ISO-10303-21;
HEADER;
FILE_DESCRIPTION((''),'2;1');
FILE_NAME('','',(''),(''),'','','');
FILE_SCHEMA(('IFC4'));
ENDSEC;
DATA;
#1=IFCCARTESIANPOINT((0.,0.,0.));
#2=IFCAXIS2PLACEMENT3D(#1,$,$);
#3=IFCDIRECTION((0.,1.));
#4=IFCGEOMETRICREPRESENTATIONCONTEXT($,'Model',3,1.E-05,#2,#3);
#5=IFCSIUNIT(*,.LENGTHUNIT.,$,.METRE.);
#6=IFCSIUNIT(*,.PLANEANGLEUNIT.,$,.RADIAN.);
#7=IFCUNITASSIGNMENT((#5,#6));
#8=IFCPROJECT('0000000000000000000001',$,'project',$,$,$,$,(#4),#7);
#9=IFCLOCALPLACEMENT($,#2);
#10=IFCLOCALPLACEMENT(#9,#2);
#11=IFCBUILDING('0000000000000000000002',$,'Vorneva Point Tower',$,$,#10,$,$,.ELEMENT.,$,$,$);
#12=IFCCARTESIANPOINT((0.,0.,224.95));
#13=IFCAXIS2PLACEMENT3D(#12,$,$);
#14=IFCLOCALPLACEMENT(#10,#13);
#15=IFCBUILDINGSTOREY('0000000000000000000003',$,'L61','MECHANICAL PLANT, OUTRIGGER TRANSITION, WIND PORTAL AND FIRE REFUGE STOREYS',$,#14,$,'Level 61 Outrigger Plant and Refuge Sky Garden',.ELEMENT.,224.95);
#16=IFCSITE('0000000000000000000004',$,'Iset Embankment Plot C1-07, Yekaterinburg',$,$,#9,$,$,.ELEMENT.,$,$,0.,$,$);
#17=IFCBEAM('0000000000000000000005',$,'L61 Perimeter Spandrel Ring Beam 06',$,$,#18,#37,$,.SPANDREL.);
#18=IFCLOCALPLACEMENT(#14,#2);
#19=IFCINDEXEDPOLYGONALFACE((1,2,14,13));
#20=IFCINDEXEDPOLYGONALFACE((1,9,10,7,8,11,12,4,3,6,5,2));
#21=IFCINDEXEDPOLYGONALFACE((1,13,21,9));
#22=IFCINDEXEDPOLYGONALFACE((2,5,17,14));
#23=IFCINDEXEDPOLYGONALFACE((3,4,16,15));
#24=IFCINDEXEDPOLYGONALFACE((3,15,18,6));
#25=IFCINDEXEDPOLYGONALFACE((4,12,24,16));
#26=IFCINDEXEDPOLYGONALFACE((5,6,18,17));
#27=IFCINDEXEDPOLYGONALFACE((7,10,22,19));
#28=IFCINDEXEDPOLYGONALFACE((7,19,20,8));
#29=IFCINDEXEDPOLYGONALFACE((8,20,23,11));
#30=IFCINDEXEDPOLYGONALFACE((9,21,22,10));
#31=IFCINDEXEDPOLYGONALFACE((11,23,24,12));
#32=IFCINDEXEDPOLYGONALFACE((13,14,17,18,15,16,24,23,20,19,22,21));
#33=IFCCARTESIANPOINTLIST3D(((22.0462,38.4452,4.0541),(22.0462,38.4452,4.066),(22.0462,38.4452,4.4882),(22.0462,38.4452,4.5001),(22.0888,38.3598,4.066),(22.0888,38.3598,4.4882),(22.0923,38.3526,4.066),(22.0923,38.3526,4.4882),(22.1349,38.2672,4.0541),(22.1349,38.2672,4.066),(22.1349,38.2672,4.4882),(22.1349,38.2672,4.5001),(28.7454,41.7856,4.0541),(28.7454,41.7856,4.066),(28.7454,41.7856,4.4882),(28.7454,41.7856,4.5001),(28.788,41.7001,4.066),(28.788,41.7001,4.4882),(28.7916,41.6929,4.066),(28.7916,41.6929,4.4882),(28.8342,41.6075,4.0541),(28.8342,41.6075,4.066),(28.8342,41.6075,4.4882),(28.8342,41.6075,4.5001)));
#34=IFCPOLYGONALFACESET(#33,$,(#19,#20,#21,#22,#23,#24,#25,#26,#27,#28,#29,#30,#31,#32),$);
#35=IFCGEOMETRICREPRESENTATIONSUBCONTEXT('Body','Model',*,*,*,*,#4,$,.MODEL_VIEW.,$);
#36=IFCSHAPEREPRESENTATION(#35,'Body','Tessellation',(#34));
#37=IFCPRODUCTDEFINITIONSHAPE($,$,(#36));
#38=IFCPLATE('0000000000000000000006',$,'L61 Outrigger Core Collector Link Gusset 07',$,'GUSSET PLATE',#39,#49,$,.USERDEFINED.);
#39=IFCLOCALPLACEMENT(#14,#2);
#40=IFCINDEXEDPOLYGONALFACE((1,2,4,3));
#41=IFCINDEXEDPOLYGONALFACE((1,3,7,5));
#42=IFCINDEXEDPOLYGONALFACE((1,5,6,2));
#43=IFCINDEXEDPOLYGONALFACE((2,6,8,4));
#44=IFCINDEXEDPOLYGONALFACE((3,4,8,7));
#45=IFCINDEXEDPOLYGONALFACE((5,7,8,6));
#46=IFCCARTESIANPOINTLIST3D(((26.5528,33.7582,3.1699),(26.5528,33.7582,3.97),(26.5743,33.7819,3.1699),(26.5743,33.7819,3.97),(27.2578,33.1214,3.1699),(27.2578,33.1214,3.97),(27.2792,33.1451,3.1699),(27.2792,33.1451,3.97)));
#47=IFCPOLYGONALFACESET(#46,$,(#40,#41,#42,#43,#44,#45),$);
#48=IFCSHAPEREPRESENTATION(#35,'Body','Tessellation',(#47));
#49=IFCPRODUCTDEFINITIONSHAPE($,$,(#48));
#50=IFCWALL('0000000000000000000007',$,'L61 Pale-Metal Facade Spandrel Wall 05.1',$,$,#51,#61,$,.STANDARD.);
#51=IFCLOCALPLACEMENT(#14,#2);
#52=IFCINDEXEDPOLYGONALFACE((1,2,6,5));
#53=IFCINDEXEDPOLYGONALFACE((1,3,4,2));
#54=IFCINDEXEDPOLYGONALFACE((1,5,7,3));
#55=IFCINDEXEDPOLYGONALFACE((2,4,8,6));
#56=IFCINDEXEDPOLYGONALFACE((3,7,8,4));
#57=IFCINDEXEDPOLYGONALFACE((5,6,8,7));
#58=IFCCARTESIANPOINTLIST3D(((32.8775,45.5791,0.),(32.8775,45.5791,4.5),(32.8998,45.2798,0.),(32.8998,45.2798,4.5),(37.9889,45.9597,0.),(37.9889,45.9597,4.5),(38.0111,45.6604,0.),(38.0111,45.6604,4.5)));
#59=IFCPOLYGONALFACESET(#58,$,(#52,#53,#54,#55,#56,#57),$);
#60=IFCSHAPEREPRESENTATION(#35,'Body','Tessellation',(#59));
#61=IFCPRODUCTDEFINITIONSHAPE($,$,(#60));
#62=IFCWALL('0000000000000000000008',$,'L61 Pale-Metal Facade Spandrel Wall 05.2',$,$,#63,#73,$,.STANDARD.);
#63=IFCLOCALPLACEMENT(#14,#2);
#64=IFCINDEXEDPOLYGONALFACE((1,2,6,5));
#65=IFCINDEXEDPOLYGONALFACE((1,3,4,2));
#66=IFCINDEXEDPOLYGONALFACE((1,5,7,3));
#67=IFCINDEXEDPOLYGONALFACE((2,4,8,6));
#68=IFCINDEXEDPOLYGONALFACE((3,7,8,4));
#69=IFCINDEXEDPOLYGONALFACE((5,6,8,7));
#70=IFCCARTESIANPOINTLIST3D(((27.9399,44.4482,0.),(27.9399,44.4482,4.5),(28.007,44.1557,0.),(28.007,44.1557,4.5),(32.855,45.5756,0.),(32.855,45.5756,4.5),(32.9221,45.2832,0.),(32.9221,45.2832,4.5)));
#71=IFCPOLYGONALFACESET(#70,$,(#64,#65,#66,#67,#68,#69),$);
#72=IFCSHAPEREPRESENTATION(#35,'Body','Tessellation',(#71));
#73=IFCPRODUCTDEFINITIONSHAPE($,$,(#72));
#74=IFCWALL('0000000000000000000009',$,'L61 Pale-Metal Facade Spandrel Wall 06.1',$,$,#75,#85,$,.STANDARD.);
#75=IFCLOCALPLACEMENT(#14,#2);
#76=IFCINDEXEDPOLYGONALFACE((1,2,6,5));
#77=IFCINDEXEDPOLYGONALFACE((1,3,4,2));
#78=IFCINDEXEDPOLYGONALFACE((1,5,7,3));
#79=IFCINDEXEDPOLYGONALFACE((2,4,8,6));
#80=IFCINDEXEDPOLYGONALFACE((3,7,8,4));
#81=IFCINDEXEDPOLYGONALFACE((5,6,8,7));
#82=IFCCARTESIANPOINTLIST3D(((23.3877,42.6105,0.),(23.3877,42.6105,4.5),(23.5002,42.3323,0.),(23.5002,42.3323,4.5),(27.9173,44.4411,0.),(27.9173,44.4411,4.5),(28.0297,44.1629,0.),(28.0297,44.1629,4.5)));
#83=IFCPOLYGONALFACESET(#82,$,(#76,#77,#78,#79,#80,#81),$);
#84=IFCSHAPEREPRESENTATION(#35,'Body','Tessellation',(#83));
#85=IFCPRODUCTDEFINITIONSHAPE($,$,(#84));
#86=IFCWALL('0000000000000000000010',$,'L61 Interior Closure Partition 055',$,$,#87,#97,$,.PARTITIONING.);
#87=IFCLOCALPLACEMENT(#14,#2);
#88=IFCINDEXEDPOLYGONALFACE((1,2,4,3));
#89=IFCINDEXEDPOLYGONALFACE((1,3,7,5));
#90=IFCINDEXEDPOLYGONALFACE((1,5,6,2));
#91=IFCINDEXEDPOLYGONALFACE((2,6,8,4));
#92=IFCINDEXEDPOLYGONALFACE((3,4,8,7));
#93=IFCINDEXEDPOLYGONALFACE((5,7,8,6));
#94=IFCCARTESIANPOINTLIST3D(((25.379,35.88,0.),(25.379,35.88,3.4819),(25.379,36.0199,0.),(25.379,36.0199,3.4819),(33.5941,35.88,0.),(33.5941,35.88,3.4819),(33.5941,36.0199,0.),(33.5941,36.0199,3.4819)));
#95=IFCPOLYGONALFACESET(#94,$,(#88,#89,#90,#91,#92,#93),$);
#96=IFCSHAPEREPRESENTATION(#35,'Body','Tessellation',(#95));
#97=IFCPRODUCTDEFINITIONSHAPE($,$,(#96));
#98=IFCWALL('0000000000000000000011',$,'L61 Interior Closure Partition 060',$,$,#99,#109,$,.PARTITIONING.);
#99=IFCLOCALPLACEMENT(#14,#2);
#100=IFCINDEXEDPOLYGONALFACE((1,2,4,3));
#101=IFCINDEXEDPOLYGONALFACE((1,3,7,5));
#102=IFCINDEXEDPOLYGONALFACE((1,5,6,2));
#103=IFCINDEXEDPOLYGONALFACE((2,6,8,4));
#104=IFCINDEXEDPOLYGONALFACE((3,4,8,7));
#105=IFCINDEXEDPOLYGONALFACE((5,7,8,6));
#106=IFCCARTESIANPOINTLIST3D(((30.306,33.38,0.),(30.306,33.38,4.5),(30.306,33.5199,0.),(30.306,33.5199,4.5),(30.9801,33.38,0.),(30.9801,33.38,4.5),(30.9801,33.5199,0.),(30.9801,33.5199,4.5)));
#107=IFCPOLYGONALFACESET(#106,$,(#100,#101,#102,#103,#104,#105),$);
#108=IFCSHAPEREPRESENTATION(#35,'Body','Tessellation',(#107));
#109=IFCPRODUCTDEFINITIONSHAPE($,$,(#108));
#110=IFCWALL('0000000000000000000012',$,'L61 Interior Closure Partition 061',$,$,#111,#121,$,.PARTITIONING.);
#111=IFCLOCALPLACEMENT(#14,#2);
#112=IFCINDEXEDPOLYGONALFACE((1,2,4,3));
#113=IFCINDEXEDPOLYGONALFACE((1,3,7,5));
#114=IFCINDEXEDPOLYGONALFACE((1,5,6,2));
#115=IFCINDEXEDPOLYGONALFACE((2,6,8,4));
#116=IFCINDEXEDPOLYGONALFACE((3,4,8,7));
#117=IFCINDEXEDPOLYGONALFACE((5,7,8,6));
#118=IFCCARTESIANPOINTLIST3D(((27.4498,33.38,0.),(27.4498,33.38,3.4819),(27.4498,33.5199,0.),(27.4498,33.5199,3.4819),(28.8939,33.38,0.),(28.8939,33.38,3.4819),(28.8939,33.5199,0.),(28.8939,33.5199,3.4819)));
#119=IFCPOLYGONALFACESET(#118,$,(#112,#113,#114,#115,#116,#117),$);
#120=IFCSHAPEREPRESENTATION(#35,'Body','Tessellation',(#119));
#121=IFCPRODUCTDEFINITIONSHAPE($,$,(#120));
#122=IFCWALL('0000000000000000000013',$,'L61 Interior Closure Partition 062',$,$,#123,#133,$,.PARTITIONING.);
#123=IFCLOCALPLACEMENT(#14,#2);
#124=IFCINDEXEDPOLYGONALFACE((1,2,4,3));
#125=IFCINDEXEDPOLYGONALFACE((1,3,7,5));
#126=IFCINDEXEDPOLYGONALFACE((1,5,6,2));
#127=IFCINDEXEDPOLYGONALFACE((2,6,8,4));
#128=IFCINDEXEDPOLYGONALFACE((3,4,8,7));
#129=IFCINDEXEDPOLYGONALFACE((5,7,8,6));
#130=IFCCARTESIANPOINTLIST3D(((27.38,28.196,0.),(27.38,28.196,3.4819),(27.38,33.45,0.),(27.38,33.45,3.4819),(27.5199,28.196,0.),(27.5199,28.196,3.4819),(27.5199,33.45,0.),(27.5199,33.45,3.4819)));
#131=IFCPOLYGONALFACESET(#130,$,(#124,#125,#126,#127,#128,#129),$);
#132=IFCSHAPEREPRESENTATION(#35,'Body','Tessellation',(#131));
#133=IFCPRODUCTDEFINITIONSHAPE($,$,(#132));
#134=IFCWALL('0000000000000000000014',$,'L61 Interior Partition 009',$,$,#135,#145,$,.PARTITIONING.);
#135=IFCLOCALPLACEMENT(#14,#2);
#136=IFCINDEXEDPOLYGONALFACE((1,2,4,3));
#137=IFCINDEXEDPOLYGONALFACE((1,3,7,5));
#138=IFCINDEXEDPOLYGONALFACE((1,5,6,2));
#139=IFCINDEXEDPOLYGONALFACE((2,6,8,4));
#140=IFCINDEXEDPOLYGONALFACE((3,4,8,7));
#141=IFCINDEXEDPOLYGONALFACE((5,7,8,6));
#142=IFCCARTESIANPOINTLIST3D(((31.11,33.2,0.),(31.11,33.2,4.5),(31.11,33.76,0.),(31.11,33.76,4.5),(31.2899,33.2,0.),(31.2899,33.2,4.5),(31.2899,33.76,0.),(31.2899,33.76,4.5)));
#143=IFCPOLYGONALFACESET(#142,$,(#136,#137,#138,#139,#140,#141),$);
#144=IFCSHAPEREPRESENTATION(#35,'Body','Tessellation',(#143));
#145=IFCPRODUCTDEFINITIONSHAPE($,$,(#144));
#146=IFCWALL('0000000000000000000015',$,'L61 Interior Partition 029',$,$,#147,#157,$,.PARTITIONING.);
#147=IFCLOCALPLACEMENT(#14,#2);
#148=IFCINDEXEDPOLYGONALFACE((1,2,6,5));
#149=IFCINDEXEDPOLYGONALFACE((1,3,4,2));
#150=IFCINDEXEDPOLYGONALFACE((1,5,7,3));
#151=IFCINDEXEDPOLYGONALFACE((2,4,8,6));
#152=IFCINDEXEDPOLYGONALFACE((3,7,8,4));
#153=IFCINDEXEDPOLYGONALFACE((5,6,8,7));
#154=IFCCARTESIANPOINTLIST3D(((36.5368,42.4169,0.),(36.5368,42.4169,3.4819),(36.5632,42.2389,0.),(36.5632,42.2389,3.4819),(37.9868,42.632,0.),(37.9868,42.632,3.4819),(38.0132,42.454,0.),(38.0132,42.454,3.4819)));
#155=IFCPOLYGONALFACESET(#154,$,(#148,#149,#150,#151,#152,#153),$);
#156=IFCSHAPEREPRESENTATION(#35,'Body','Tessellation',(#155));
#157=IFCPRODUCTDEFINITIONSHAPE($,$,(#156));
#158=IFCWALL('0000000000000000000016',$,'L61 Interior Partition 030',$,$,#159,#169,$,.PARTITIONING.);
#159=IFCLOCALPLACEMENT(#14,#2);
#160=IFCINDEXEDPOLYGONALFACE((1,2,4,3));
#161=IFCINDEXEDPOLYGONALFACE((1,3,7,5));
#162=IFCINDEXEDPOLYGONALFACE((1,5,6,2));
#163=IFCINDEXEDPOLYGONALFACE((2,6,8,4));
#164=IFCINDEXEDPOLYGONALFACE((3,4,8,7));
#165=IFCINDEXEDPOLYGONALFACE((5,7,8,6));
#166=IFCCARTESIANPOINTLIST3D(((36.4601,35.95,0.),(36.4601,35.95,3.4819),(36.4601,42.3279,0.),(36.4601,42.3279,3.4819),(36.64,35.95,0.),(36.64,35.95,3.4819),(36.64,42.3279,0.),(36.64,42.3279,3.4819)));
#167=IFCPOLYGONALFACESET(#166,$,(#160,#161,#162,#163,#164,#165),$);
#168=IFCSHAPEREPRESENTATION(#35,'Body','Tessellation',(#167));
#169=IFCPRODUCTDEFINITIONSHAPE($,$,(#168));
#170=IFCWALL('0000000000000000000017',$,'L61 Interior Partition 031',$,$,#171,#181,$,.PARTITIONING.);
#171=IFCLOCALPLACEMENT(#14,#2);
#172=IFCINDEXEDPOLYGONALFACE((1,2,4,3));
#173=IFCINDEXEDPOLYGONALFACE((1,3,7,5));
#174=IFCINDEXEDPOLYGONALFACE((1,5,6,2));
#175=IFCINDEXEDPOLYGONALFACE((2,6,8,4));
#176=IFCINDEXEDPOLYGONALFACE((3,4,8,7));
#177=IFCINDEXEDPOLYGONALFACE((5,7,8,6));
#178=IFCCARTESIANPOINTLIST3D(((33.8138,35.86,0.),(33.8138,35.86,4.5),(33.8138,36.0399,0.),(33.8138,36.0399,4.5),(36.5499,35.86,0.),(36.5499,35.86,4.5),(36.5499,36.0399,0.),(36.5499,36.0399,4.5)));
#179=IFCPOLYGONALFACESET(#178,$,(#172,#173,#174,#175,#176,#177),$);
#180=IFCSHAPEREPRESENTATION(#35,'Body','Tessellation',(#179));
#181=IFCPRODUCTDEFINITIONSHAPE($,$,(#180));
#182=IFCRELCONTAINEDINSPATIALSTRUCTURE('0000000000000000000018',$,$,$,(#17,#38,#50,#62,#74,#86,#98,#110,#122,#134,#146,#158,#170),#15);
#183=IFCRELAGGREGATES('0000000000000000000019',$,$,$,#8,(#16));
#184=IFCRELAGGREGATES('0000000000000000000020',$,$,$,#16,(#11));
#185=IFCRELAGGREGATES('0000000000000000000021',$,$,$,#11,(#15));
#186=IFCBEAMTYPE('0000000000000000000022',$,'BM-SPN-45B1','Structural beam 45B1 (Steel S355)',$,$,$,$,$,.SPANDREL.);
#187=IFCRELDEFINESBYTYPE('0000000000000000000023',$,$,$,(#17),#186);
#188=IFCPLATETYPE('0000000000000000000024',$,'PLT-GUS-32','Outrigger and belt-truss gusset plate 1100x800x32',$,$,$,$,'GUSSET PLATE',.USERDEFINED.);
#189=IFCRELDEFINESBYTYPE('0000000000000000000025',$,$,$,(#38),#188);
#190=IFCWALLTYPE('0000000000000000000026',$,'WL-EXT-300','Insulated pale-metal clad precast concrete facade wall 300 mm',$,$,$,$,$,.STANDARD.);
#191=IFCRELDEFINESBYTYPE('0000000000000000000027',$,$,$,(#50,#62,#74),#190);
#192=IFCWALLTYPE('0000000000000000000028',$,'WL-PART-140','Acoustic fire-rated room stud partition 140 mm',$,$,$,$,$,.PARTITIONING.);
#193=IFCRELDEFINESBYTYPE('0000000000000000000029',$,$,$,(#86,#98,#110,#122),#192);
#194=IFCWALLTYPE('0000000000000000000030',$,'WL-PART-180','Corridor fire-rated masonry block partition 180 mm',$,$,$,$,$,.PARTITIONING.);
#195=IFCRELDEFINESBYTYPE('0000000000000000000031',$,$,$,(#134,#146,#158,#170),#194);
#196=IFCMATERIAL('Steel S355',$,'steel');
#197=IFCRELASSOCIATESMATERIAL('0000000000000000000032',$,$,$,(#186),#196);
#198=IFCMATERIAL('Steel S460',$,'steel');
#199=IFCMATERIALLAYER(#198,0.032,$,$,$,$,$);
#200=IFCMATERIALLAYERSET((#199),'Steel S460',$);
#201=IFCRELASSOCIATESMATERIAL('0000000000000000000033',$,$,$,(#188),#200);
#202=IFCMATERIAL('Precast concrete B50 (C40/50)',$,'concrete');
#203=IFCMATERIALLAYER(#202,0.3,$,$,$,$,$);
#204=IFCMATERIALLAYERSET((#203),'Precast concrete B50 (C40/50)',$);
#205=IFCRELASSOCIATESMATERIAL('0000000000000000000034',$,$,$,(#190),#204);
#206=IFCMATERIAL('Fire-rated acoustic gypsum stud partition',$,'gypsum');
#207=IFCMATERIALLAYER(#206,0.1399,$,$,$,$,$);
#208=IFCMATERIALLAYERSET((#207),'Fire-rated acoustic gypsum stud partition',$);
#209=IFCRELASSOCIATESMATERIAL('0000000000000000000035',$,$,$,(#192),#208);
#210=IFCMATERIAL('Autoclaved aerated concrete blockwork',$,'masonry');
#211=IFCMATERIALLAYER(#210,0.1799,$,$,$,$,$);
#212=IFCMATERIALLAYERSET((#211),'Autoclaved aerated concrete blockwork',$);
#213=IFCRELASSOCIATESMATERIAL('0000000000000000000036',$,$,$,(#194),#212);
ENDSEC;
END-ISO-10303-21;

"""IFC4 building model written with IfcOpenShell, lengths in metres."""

from ifc_helpers import new_model, si_unit, direction, frame, frame_2d, origin, origin_2d, place, context, subcontext, project, spatial, rectangle, i_section, extrude, material, layer, layer_set, material_profile, profile_set, type_object, element, save


model = new_model("IFC4")

# Units and contexts
model_context = context("Model", 3, precision=1e-05, world=origin(), true_north=direction((0.0, 1.0)))
body_context = subcontext(model_context, "Body", "Model", "MODEL_VIEW")
ifc_project = project(units=[si_unit("LENGTHUNIT", "METRE"), si_unit("PLANEANGLEUNIT", "RADIAN")], contexts=[model_context])

# Site, building, storey
site_placement = place(None, origin())
site = spatial("IfcSite", under=ifc_project, at=site_placement, Name="Iset Embankment Plot C1-07, Yekaterinburg", CompositionType="ELEMENT", RefElevation=0.0)
building_placement = place(site_placement, origin())
building = spatial("IfcBuilding", under=site, at=building_placement, Name="Vorneva Point Tower", CompositionType="ELEMENT")
storey_placement = place(building_placement, frame((0.0, 0.0, 224.95)))
storey = spatial("IfcBuildingStorey", under=building, at=storey_placement, Name="L61", Description="MECHANICAL PLANT, OUTRIGGER TRANSITION, WIND PORTAL AND FIRE REFUGE STOREYS", LongName="Level 61 Outrigger Plant and Refuge Sky Garden", CompositionType="ELEMENT", Elevation=224.95)

# Beam
ifc_material_1 = material(Name="Steel S460", Category="steel")
ifc_material_2 = material(Name="Steel S355", Category="steel")
ifc_material_profile_1 = material_profile(ifc_material_2, i_section(OverallWidth=0.199, OverallDepth=0.446, WebThickness=0.0081, FlangeThickness=0.012, at=origin_2d()), Name="45B1")
ifc_profile_set_1 = profile_set([ifc_material_profile_1], Name="Steel S355")
beam_type_1 = type_object("IfcBeamType", Name="BM-SPN-45B1", Description="Structural beam 45B1 (Steel S355)", PredefinedType="SPANDREL", material=ifc_profile_set_1)
beam_1_placement = place(storey_placement, frame((28.7898, 41.6965, 4.2771), z_axis=(-0.894922, -0.446222, 0.0), x_axis=(0.446222, -0.894922, 0.0)))
element("IfcBeam", 1, at=beam_1_placement, inside=storey, type_object=beam_type_1, Name="L61 Perimeter Spandrel Ring Beam 06", PredefinedType="SPANDREL", context=body_context, shape_type="SweptSolid", body=[
    extrude(i_section(OverallWidth=0.199, OverallDepth=0.446, WebThickness=0.0081, FlangeThickness=0.012, at=origin_2d()), origin(), (0.0, 0.0, 1.0), 7.4858),
])

# Plate
ifc_layer_1 = layer(ifc_material_1, 0.032)
ifc_layer_set_1 = layer_set([ifc_layer_1], Name="Steel S460")
plate_type = type_object("IfcPlateType", Name="PLT-GUS-32", Description="Outrigger and belt-truss gusset plate 1100x800x32", ElementType="GUSSET PLATE", PredefinedType="USERDEFINED", material=ifc_layer_set_1)
plate_placement = place(storey_placement, frame((26.916, 33.4517, 3.1699), z_axis=(0.0, 0.0, 1.0), x_axis=(-0.742081, 0.67031, 0.0)))
element("IfcPlate", 2, at=plate_placement, inside=storey, type_object=plate_type, Name="L61 Outrigger Core Collector Link Gusset 07", ObjectType="GUSSET PLATE", PredefinedType="USERDEFINED", context=body_context, shape_type="SweptSolid", body=[
    extrude(rectangle(XDim=0.95, YDim=0.032, at=origin_2d()), origin(), (0.0, 0.0, 1.0), 0.8),
])

# Walls
ifc_material_3 = material(Name="Precast concrete B50 (C40/50)", Category="concrete")
ifc_layer_2 = layer(ifc_material_3, 0.3)
ifc_layer_set_2 = layer_set([ifc_layer_2], Name="Precast concrete B50 (C40/50)")
wall_type_1 = type_object("IfcWallType", Name="WL-EXT-300", Description="Insulated pale-metal clad precast concrete facade wall 300 mm", PredefinedType="STANDARD", material=ifc_layer_set_2)
wall_1_placement = place(storey_placement, frame((38.0, 45.8101, 0.0), z_axis=(0.0, 0.0, 1.0), x_axis=(-0.997239, -0.074259, 0.0)))
element("IfcWall", 3, at=wall_1_placement, inside=storey, type_object=wall_type_1, Name="L61 Pale-Metal Facade Spandrel Wall 05.1", PredefinedType="STANDARD", context=body_context, shape_type="SweptSolid", body=[
    extrude(rectangle(XDim=5.1255, YDim=0.3, at=frame_2d((2.5627, 0.0))), origin(), (0.0, 0.0, 1.0), 4.5),
])
wall_2_placement = place(storey_placement, frame((32.8887, 45.4294, 0.0), z_axis=(0.0, 0.0, 1.0), x_axis=(-0.974686, -0.223579, 0.0)))
element("IfcWall", 4, at=wall_2_placement, inside=storey, type_object=wall_type_1, Name="L61 Pale-Metal Facade Spandrel Wall 05.2", PredefinedType="STANDARD", context=body_context, shape_type="SweptSolid", body=[
    extrude(rectangle(XDim=5.0427, YDim=0.3, at=frame_2d((2.5215, 0.0))), origin(), (0.0, 0.0, 1.0), 4.5),
])
wall_3_placement = place(storey_placement, frame((27.9736, 44.302, 0.0), z_axis=(0.0, 0.0, 1.0), x_axis=(-0.927147, -0.374697, 0.0)))
element("IfcWall", 5, at=wall_3_placement, inside=storey, type_object=wall_type_1, Name="L61 Pale-Metal Facade Spandrel Wall 06.1", PredefinedType="STANDARD", context=body_context, shape_type="SweptSolid", body=[
    extrude(rectangle(XDim=4.8855, YDim=0.3, at=frame_2d((2.4429, 0.0))), origin(), (0.0, 0.0, 1.0), 4.5),
])
ifc_material_4 = material(Name="Fire-rated acoustic gypsum stud partition", Category="gypsum")
ifc_layer_3 = layer(ifc_material_4, 0.1399)
ifc_layer_set_3 = layer_set([ifc_layer_3], Name="Fire-rated acoustic gypsum stud partition")
wall_type_2 = type_object("IfcWallType", Name="WL-PART-140", Description="Acoustic fire-rated room stud partition 140 mm", PredefinedType="PARTITIONING", material=ifc_layer_set_3)
wall_4_placement = place(storey_placement, frame((33.594, 35.95, 0.0), z_axis=(0.0, 0.0, 1.0), x_axis=(-1.0, 0.0, 0.0)))
element("IfcWall", 6, at=wall_4_placement, inside=storey, type_object=wall_type_2, Name="L61 Interior Closure Partition 055", PredefinedType="PARTITIONING", context=body_context, shape_type="SweptSolid", body=[
    extrude(rectangle(XDim=8.2151, YDim=0.1399, at=frame_2d((4.1074, 0.0))), origin(), (0.0, 0.0, 1.0), 3.4819),
])
wall_5_placement = place(storey_placement, frame((30.98, 33.45, 0.0), z_axis=(0.0, 0.0, 1.0), x_axis=(-1.0, 0.0, 0.0)))
element("IfcWall", 7, at=wall_5_placement, inside=storey, type_object=wall_type_2, Name="L61 Interior Closure Partition 060", PredefinedType="PARTITIONING", context=body_context, shape_type="SweptSolid", body=[
    extrude(rectangle(XDim=0.6741, YDim=0.1399, at=frame_2d((0.3369, 0.0))), origin(), (0.0, 0.0, 1.0), 4.5),
])
wall_6_placement = place(storey_placement, frame((28.894, 33.45, 0.0), z_axis=(0.0, 0.0, 1.0), x_axis=(-1.0, 0.0, 0.0)))
element("IfcWall", 8, at=wall_6_placement, inside=storey, type_object=wall_type_2, Name="L61 Interior Closure Partition 061", PredefinedType="PARTITIONING", context=body_context, shape_type="SweptSolid", body=[
    extrude(rectangle(XDim=1.4441, YDim=0.1399, at=frame_2d((0.7222, 0.0))), origin(), (0.0, 0.0, 1.0), 3.4819),
])
wall_7_placement = place(storey_placement, frame((27.45, 33.45, 0.0), z_axis=(0.0, 0.0, 1.0), x_axis=(0.0, -1.0, 0.0)))
element("IfcWall", 9, at=wall_7_placement, inside=storey, type_object=wall_type_2, Name="L61 Interior Closure Partition 062", PredefinedType="PARTITIONING", context=body_context, shape_type="SweptSolid", body=[
    extrude(rectangle(XDim=5.2539, YDim=0.1399, at=frame_2d((2.627, 0.0))), origin(), (0.0, 0.0, 1.0), 3.4819),
])

# Shared definitions
ifc_material_5 = material(Name="Autoclaved aerated concrete blockwork", Category="masonry")
ifc_layer_4 = layer(ifc_material_5, 0.1799)
ifc_layer_set_4 = layer_set([ifc_layer_4], Name="Autoclaved aerated concrete blockwork")
wall_type_3 = type_object("IfcWallType", Name="WL-PART-180", Description="Corridor fire-rated masonry block partition 180 mm", PredefinedType="PARTITIONING", material=ifc_layer_set_4)

# Walls
wall_8_placement = place(storey_placement, frame((31.2, 33.76, 0.0), z_axis=(0.0, 0.0, 1.0), x_axis=(0.0, -1.0, 0.0)))
element("IfcWall", 10, at=wall_8_placement, inside=storey, type_object=wall_type_3, Name="L61 Interior Partition 009", PredefinedType="PARTITIONING", context=body_context, shape_type="SweptSolid", body=[
    extrude(rectangle(XDim=0.5601, YDim=0.1799, at=frame_2d((0.28, 0.0))), origin(), (0.0, 0.0, 1.0), 4.5),
])
wall_9_placement = place(storey_placement, frame((38.0, 42.543, 0.0), z_axis=(0.0, 0.0, 1.0), x_axis=(-0.989176, -0.146736, 0.0)))
element("IfcWall", 11, at=wall_9_placement, inside=storey, type_object=wall_type_3, Name="L61 Interior Partition 029", PredefinedType="PARTITIONING", context=body_context, shape_type="SweptSolid", body=[
    extrude(rectangle(XDim=1.4658, YDim=0.1799, at=frame_2d((0.7329, 0.0))), origin(), (0.0, 0.0, 1.0), 3.4819),
])
wall_10_placement = place(storey_placement, frame((36.55, 42.3279, 0.0), z_axis=(0.0, 0.0, 1.0), x_axis=(0.0, -1.0, 0.0)))
element("IfcWall", 12, at=wall_10_placement, inside=storey, type_object=wall_type_3, Name="L61 Interior Partition 030", PredefinedType="PARTITIONING", context=body_context, shape_type="SweptSolid", body=[
    extrude(rectangle(XDim=6.3779, YDim=0.1799, at=frame_2d((3.189, 0.0))), origin(), (0.0, 0.0, 1.0), 3.4819),
])
wall_11_placement = place(storey_placement, frame((36.55, 35.95, 0.0), z_axis=(0.0, 0.0, 1.0), x_axis=(-1.0, 0.0, 0.0)))
element("IfcWall", 13, at=wall_11_placement, inside=storey, type_object=wall_type_3, Name="L61 Interior Partition 031", PredefinedType="PARTITIONING", context=body_context, shape_type="SweptSolid", body=[
    extrude(rectangle(XDim=2.7361, YDim=0.1799, at=frame_2d((1.3682, 0.0))), origin(), (0.0, 0.0, 1.0), 4.5),
])

save(model, "model.ifc")
